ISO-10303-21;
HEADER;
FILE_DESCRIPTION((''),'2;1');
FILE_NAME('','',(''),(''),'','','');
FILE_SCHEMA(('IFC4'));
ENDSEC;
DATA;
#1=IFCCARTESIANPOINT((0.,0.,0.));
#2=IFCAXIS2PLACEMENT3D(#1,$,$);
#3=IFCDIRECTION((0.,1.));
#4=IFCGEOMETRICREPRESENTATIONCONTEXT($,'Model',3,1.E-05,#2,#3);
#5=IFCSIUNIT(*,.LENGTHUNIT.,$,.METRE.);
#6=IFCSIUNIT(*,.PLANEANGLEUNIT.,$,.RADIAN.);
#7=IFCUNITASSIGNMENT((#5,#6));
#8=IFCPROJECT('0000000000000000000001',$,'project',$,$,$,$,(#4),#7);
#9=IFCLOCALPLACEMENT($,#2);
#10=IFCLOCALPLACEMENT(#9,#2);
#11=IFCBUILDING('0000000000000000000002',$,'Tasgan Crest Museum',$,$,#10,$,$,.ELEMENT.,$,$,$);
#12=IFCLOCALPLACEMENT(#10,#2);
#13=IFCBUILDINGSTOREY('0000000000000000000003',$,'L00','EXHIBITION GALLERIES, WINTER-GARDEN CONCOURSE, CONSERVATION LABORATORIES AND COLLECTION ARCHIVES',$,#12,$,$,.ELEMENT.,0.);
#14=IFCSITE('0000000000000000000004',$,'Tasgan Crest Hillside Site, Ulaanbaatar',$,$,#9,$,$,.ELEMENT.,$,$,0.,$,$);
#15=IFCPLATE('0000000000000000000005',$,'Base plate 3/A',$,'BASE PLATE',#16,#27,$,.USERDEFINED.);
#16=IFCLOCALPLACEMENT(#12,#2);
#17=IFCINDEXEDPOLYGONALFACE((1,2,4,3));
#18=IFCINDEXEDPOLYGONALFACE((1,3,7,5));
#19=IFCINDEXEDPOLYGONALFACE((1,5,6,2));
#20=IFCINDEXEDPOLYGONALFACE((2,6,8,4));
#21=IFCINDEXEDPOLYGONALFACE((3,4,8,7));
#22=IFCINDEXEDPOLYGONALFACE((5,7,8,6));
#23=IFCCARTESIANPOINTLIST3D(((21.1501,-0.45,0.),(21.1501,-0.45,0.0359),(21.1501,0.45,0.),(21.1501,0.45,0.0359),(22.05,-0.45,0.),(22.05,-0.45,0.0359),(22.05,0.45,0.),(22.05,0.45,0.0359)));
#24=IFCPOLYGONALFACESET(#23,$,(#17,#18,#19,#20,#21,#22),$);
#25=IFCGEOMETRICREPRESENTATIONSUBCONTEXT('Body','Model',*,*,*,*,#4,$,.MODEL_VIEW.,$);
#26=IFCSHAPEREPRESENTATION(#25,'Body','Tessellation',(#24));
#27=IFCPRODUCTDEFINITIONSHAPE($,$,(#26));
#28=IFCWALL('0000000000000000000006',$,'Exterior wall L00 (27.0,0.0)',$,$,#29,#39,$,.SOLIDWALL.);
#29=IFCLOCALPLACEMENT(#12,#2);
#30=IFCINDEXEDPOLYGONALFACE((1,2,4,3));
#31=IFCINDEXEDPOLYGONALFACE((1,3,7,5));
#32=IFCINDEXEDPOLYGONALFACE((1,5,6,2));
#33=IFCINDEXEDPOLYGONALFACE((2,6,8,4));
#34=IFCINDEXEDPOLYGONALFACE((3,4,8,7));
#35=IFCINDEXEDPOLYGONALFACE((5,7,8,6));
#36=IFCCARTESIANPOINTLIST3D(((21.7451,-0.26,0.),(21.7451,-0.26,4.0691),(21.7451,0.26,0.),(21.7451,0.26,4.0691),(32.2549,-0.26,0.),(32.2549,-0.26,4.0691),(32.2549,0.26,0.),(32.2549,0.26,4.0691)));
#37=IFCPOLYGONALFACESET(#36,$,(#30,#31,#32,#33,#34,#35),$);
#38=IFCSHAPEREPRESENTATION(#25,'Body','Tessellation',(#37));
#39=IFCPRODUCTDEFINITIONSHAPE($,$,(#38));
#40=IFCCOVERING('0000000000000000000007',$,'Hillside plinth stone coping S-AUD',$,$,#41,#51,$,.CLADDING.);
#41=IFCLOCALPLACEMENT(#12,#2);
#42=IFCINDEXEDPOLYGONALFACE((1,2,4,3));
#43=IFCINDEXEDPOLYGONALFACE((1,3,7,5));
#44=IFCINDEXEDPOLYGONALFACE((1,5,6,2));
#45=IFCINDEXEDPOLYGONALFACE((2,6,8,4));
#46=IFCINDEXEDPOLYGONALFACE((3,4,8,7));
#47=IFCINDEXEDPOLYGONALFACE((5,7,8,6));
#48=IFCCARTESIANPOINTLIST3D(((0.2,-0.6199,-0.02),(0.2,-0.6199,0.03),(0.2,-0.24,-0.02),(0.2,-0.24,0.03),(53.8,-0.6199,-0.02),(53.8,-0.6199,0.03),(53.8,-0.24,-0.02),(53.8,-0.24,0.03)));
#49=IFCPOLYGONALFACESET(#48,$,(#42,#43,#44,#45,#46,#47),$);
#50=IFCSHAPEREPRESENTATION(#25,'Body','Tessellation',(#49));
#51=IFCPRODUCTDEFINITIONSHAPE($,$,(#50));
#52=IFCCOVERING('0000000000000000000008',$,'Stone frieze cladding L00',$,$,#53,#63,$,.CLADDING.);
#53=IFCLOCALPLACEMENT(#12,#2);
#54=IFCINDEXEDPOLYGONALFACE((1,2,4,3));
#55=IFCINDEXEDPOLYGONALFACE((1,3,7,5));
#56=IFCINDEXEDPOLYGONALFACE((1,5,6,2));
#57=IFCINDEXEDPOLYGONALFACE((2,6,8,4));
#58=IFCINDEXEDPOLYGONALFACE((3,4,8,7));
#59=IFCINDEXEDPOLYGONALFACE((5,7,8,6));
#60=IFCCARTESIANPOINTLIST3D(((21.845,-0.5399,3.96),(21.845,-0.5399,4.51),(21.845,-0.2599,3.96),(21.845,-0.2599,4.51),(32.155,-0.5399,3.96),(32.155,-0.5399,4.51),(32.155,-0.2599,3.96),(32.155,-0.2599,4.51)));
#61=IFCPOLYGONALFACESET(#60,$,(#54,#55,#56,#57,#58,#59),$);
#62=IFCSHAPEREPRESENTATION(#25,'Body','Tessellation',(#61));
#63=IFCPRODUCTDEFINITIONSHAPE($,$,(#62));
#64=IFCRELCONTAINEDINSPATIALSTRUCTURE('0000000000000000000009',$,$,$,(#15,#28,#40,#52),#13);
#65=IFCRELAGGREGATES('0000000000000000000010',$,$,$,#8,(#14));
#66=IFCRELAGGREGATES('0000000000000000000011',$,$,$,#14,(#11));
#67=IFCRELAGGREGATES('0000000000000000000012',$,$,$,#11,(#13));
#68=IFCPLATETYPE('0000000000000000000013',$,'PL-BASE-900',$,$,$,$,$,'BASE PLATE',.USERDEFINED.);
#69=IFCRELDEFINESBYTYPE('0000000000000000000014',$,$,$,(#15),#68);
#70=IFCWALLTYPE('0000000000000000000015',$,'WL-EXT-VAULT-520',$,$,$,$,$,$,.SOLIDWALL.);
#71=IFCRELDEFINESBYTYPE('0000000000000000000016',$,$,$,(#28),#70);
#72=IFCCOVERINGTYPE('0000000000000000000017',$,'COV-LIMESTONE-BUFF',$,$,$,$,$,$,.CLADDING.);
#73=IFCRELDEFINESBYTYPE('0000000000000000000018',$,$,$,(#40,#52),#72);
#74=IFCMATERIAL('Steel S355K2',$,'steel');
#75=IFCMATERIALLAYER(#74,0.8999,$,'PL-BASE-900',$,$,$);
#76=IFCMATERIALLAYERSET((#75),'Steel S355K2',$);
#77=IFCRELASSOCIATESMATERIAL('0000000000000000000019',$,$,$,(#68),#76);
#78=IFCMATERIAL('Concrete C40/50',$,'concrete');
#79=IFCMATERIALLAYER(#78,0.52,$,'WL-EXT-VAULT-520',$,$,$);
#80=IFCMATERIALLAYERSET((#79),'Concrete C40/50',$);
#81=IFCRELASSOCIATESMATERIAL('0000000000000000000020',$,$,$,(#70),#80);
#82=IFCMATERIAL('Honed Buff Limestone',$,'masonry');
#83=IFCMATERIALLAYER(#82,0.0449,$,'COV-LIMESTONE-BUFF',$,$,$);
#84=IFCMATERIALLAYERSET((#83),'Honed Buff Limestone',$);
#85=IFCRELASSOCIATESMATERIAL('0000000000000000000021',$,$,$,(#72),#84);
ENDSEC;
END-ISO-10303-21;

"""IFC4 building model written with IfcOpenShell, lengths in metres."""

from ifc_helpers import new_model, si_unit, direction, frame, frame_2d, origin, origin_2d, place, context, subcontext, project, spatial, rectangle, extrude, material, layer, layer_set, type_object, element, save


model = new_model("IFC4")

# Units and contexts
model_context = context("Model", 3, precision=1e-05, world=origin(), true_north=direction((0.0, 1.0)))
body_context = subcontext(model_context, "Body", "Model", "MODEL_VIEW")
ifc_project = project(units=[si_unit("LENGTHUNIT", "METRE"), si_unit("PLANEANGLEUNIT", "RADIAN")], contexts=[model_context])

# Site, building, storey
site_placement = place(None, origin())
site = spatial("IfcSite", under=ifc_project, at=site_placement, Name="Tasgan Crest Hillside Site, Ulaanbaatar", CompositionType="ELEMENT", RefElevation=0.0)
building_placement = place(site_placement, origin())
building = spatial("IfcBuilding", under=site, at=building_placement, Name="Tasgan Crest Museum", CompositionType="ELEMENT")
storey_placement = place(building_placement, origin())
storey = spatial("IfcBuildingStorey", under=building, at=storey_placement, Name="L00", Description="EXHIBITION GALLERIES, WINTER-GARDEN CONCOURSE, CONSERVATION LABORATORIES AND COLLECTION ARCHIVES", CompositionType="ELEMENT", Elevation=0.0)

# Plate
ifc_material_1 = material(Name="Steel S355K2", Category="steel")
ifc_layer_1 = layer(ifc_material_1, 0.8999, Name="PL-BASE-900")
ifc_layer_set_1 = layer_set([ifc_layer_1], Name="Steel S355K2")
plate_type = type_object("IfcPlateType", Name="PL-BASE-900", ElementType="BASE PLATE", PredefinedType="USERDEFINED", material=ifc_layer_set_1)
plate_placement = place(storey_placement, frame((21.6001, 0.0, 0.0), z_axis=(0.0, 0.0, 1.0), x_axis=(1.0, 0.0, 0.0)))
element("IfcPlate", 1, at=plate_placement, inside=storey, type_object=plate_type, Name="Base plate 3/A", ObjectType="BASE PLATE", PredefinedType="USERDEFINED", context=body_context, shape_type="SweptSolid", body=[
    extrude(rectangle(XDim=0.8999, YDim=0.8999, at=origin_2d()), origin(), (0.0, 0.0, 1.0), 0.0359),
])

# Wall
ifc_material_2 = material(Name="Concrete C40/50", Category="concrete")
ifc_layer_2 = layer(ifc_material_2, 0.52, Name="WL-EXT-VAULT-520")
ifc_layer_set_2 = layer_set([ifc_layer_2], Name="Concrete C40/50")
wall_type = type_object("IfcWallType", Name="WL-EXT-VAULT-520", PredefinedType="SOLIDWALL", material=ifc_layer_set_2)
wall_placement = place(storey_placement, frame((21.7451, 0.0, 0.0), z_axis=(0.0, 0.0, 1.0), x_axis=(1.0, 0.0, 0.0)))
element("IfcWall", 2, at=wall_placement, inside=storey, type_object=wall_type, Name="Exterior wall L00 (27.0,0.0)", PredefinedType="SOLIDWALL", context=body_context, shape_type="SweptSolid", body=[
    extrude(rectangle(XDim=10.5098, YDim=0.52, at=frame_2d((5.2549, 0.0))), origin(), (0.0, 0.0, 1.0), 4.0691),
])

# Coverings
ifc_material_3 = material(Name="Honed Buff Limestone", Category="masonry")
ifc_layer_3 = layer(ifc_material_3, 0.0449, Name="COV-LIMESTONE-BUFF")
ifc_layer_set_3 = layer_set([ifc_layer_3], Name="Honed Buff Limestone")
covering_type = type_object("IfcCoveringType", Name="COV-LIMESTONE-BUFF", PredefinedType="CLADDING", material=ifc_layer_set_3)
covering_1_placement = place(storey_placement, frame((27.0, -0.4299, -0.02), z_axis=(0.0, 0.0, 1.0), x_axis=(1.0, 0.0, 0.0)))
element("IfcCovering", 3, at=covering_1_placement, inside=storey, type_object=covering_type, Name="Hillside plinth stone coping S-AUD", PredefinedType="CLADDING", context=body_context, shape_type="SweptSolid", body=[
    extrude(rectangle(XDim=53.6001, YDim=0.3799, at=origin_2d()), origin(), (0.0, 0.0, 1.0), 0.05),
])
covering_2_placement = place(storey_placement, frame((27.0, -0.3999, 3.96), z_axis=(0.0, 0.0, 1.0), x_axis=(1.0, 0.0, 0.0)))
element("IfcCovering", 4, at=covering_2_placement, inside=storey, type_object=covering_type, Name="Stone frieze cladding L00", PredefinedType="CLADDING", context=body_context, shape_type="SweptSolid", body=[
    extrude(rectangle(XDim=10.3101, YDim=0.28, at=origin_2d()), origin(), (0.0, 0.0, 1.0), 0.55),
])

save(model, "model.ifc")
